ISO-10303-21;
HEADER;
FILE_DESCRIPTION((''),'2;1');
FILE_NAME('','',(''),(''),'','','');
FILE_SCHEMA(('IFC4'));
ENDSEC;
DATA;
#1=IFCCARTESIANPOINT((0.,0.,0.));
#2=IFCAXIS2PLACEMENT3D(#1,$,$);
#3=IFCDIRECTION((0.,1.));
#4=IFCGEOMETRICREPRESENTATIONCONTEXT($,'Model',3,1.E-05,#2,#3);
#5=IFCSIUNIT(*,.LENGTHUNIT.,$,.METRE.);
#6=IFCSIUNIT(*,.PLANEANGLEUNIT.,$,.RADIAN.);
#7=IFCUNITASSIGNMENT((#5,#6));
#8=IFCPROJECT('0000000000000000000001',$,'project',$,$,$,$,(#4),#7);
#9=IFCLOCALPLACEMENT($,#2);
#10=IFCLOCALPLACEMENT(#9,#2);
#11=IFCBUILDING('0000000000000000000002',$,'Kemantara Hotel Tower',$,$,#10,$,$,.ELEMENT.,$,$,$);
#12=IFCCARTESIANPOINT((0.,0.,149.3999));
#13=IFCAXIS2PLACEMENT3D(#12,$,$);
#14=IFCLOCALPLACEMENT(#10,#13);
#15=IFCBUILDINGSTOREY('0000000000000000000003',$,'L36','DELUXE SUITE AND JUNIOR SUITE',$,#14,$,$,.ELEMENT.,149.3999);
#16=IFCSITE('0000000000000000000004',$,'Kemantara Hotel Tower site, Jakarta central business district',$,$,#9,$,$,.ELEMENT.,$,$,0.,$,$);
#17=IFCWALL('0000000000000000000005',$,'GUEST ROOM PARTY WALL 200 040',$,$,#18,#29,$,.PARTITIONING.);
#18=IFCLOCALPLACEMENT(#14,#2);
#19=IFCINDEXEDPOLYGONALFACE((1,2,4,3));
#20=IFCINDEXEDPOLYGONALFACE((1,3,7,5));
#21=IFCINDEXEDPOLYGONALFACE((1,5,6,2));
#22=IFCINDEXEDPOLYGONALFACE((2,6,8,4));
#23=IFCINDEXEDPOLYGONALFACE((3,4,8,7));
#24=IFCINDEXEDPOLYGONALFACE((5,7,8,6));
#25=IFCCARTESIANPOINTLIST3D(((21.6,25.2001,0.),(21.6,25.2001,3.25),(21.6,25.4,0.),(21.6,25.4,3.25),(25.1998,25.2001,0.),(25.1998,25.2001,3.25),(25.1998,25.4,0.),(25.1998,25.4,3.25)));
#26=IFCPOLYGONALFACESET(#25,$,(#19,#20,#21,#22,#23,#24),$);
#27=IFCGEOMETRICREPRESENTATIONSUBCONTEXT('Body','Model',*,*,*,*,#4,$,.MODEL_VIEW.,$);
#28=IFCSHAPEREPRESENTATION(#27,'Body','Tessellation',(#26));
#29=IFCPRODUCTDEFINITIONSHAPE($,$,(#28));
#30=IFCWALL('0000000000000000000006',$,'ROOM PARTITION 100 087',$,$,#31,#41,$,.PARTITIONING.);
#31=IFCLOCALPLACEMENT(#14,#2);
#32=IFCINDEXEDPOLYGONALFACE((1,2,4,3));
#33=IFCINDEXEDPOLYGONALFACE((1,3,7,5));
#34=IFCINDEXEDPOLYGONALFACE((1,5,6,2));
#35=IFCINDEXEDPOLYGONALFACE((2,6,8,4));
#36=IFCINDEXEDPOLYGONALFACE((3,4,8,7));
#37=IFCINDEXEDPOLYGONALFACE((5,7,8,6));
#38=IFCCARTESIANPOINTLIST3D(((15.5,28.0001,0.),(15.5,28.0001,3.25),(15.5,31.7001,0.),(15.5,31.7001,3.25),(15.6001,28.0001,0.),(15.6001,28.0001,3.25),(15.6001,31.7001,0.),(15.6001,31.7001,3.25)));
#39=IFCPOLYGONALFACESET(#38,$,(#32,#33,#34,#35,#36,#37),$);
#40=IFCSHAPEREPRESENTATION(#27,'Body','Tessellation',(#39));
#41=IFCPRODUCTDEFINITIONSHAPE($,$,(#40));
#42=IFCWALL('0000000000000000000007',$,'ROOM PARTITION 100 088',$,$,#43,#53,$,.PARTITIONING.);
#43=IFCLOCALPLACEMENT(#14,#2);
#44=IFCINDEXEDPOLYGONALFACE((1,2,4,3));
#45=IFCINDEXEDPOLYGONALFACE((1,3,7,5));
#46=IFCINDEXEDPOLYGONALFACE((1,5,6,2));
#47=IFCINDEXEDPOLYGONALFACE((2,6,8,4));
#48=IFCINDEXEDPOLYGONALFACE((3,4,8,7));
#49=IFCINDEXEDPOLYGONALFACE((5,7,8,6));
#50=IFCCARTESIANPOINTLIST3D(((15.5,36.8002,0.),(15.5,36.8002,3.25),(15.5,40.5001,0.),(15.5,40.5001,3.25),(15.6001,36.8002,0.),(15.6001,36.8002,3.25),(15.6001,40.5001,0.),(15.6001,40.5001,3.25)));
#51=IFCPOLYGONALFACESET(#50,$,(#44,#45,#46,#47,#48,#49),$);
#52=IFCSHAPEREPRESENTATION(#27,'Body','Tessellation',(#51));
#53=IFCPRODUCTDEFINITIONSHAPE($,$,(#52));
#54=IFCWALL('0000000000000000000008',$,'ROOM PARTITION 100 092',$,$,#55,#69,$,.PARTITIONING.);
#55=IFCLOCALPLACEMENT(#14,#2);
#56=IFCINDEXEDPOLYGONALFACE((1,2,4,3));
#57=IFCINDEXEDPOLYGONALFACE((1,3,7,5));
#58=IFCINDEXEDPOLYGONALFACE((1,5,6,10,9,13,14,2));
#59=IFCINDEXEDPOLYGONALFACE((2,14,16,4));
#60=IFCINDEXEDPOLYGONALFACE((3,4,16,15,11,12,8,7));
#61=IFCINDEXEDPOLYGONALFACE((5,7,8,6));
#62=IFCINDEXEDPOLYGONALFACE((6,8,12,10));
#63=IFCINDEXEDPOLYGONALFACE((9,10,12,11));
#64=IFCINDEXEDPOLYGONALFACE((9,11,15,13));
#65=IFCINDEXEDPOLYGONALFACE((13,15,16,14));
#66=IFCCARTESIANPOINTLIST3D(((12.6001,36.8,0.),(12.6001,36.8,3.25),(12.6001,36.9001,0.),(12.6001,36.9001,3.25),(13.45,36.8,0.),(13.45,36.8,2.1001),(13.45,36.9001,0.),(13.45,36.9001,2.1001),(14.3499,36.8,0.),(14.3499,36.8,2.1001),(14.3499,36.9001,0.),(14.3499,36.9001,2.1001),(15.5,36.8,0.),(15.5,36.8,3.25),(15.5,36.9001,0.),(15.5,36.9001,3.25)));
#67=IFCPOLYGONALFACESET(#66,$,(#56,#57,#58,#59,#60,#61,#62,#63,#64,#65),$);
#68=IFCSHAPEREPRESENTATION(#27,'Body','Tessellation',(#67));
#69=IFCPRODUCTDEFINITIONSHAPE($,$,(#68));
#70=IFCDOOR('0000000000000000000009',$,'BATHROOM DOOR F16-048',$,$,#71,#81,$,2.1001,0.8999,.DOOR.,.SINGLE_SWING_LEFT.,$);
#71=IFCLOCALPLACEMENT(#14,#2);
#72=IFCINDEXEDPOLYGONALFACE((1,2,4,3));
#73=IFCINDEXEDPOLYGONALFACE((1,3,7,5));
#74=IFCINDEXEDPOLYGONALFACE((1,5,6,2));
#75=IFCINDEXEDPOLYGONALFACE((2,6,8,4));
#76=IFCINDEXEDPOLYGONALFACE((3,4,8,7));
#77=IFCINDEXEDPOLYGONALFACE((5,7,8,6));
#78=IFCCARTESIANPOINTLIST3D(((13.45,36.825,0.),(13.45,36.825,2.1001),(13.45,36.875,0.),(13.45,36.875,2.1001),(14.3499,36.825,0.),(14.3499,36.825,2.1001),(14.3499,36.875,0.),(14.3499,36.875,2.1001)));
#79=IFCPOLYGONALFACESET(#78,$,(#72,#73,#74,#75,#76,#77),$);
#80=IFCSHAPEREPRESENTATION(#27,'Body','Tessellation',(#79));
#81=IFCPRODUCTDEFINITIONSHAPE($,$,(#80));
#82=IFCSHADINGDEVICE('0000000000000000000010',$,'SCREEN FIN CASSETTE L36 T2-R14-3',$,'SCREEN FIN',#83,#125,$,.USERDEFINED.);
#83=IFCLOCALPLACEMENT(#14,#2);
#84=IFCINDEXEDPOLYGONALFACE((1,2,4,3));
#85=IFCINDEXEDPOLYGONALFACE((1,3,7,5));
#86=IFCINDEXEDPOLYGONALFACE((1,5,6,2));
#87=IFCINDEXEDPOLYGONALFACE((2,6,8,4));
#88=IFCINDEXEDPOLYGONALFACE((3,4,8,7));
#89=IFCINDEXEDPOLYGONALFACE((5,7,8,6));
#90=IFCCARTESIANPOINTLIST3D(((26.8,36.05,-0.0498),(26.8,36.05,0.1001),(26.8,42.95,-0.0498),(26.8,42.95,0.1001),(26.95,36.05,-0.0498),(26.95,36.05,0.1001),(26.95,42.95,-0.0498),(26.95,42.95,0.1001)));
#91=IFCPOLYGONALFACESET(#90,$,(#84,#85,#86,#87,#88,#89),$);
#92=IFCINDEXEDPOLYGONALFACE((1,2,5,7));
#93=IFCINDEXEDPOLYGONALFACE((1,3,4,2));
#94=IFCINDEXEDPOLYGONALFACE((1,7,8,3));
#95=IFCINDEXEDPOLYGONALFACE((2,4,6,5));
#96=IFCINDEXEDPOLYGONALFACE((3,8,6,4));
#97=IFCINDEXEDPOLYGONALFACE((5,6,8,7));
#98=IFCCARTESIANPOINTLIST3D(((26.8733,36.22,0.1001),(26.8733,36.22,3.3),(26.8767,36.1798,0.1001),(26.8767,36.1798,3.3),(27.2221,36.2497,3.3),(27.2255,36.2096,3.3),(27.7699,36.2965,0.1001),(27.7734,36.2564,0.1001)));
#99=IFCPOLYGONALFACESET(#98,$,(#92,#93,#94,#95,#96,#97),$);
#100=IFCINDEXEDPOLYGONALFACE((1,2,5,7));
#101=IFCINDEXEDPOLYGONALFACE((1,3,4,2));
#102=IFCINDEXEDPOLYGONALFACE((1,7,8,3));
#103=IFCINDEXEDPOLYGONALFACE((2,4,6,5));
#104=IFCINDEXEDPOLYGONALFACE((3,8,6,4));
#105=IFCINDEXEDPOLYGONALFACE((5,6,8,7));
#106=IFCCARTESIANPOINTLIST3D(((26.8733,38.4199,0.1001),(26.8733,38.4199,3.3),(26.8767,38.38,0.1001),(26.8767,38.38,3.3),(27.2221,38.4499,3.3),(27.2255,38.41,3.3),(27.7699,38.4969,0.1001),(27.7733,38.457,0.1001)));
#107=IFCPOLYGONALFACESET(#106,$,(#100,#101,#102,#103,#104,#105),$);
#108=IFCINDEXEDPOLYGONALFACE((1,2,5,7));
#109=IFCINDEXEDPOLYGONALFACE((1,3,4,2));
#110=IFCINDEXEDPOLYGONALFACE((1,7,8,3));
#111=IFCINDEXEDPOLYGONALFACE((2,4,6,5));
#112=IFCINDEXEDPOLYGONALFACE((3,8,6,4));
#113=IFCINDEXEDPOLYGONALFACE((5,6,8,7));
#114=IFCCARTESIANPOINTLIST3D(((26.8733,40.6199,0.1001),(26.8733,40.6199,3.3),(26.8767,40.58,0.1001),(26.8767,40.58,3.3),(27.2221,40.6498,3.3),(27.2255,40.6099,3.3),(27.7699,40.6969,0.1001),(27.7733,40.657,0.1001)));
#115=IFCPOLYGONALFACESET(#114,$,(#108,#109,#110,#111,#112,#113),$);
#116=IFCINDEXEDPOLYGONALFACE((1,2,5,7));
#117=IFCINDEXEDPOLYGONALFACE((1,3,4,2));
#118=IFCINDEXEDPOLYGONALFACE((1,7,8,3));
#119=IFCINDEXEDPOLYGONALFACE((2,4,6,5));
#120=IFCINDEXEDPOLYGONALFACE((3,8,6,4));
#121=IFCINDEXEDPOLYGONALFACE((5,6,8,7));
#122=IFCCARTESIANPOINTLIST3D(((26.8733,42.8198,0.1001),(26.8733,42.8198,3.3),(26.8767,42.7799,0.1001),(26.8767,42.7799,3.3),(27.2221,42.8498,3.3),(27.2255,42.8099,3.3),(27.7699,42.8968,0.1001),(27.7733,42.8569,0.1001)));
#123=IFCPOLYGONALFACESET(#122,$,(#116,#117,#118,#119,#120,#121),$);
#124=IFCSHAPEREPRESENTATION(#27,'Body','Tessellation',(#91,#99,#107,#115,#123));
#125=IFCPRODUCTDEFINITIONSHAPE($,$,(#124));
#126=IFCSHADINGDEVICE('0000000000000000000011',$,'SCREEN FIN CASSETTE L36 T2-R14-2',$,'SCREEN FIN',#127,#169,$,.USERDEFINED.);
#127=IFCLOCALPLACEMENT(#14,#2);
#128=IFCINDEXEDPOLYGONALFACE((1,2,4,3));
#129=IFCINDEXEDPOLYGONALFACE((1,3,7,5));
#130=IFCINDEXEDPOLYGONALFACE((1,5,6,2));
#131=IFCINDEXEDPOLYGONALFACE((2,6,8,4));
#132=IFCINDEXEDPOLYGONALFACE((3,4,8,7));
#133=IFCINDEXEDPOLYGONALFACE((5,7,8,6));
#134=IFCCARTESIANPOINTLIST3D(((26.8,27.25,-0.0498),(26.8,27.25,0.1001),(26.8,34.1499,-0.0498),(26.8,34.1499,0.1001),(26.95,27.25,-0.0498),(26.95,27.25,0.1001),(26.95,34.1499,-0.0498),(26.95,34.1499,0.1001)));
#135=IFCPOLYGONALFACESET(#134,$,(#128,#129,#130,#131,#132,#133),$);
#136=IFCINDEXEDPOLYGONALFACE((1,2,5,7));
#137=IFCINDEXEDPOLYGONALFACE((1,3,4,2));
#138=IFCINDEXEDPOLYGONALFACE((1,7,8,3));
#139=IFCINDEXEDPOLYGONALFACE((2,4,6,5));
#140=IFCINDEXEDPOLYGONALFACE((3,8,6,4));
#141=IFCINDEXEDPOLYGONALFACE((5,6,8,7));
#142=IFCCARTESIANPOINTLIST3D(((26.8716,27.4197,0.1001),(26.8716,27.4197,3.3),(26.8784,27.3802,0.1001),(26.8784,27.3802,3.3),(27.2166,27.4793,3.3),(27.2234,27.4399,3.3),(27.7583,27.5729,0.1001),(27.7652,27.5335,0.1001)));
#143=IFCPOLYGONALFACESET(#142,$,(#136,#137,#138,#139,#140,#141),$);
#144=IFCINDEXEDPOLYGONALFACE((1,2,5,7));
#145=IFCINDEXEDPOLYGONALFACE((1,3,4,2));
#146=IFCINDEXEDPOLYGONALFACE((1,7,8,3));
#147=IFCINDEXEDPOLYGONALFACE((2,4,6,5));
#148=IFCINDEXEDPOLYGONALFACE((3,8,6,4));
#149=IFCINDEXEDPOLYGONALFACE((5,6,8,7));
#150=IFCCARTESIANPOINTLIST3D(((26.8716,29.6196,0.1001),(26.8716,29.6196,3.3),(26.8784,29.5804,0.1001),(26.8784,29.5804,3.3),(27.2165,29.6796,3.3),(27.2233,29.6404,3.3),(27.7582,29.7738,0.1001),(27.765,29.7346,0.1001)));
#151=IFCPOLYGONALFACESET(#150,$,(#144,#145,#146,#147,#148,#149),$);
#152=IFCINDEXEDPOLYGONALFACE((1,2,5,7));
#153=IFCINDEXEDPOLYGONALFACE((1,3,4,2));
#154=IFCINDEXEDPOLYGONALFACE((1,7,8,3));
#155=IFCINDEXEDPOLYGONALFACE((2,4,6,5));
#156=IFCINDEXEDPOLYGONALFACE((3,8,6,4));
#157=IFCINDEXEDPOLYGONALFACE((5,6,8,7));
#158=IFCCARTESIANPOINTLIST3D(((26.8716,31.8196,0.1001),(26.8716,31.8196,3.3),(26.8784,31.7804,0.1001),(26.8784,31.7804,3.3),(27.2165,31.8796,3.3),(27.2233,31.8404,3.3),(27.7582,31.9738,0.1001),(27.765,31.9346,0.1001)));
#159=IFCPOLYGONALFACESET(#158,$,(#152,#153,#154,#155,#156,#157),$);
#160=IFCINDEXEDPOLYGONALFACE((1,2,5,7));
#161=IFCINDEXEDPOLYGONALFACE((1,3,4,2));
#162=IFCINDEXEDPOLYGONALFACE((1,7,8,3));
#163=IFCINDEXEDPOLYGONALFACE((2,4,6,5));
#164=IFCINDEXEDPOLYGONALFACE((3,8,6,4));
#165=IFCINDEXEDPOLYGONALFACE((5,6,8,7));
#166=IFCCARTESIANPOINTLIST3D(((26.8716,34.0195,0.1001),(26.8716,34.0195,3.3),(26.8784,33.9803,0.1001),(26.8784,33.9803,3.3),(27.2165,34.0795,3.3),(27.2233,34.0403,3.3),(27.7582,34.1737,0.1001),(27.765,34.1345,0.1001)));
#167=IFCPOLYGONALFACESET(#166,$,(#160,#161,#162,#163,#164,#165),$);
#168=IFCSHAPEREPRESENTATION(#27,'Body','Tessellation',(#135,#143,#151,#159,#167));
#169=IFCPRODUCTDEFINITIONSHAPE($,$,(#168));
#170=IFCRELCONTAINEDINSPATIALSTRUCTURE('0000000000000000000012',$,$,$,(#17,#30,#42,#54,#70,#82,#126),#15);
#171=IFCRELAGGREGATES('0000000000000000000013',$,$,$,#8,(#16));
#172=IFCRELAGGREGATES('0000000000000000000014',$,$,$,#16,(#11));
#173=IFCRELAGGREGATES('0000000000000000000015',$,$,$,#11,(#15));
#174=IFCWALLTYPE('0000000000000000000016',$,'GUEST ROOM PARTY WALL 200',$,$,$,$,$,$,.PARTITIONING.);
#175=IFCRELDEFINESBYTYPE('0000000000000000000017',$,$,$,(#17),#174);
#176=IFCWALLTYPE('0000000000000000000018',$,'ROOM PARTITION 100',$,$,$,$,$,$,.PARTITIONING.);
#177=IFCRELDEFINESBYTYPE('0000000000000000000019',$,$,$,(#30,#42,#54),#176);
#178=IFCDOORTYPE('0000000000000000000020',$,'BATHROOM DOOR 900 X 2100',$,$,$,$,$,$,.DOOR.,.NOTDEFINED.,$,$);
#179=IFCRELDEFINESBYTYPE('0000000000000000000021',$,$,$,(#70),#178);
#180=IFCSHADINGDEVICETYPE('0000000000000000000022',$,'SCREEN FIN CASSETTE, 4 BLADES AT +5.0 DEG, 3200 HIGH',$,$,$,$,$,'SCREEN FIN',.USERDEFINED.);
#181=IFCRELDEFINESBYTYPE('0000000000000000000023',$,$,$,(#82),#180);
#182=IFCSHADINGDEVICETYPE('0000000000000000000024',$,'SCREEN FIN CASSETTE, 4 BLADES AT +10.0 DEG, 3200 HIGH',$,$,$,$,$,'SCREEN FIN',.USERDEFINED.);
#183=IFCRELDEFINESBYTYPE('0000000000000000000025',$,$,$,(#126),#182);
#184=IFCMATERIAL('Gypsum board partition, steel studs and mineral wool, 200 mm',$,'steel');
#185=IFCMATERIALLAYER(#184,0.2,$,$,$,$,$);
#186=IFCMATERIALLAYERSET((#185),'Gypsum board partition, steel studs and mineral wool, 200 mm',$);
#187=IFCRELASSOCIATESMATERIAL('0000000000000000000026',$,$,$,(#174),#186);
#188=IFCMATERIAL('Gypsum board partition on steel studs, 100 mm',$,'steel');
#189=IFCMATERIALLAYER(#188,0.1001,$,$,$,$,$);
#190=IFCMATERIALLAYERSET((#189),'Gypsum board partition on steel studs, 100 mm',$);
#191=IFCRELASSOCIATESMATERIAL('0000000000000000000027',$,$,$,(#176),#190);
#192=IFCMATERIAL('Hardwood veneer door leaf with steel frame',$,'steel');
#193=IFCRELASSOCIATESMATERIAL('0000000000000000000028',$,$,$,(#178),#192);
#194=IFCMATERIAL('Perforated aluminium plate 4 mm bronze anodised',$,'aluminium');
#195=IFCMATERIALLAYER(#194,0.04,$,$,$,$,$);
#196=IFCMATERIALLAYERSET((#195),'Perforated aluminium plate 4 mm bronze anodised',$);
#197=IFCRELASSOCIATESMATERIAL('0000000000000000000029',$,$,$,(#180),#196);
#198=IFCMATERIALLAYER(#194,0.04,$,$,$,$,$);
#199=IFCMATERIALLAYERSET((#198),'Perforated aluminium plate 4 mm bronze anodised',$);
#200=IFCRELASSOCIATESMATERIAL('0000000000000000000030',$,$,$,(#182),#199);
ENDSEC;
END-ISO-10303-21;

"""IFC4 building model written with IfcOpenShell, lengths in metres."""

from ifc_helpers import new_model, si_unit, direction, frame, frame_2d, origin, origin_2d, place, context, subcontext, project, spatial, polyline, rectangle, outline, extrude, source, transform, mapped, material, layer, layer_set, type_object, element, fill, save


model = new_model("IFC4")

# Units and contexts
model_context = context("Model", 3, precision=1e-05, world=origin(), true_north=direction((0.0, 1.0)))
body_context = subcontext(model_context, "Body", "Model", "MODEL_VIEW")
ifc_project = project(units=[si_unit("LENGTHUNIT", "METRE"), si_unit("PLANEANGLEUNIT", "RADIAN")], contexts=[model_context])

# Site, building, storey
site_placement = place(None, origin())
site = spatial("IfcSite", under=ifc_project, at=site_placement, Name="Kemantara Hotel Tower site, Jakarta central business district", CompositionType="ELEMENT", RefElevation=0.0)
building_placement = place(site_placement, origin())
building = spatial("IfcBuilding", under=site, at=building_placement, Name="Kemantara Hotel Tower", CompositionType="ELEMENT")
storey_placement = place(building_placement, frame((0.0, 0.0, 149.3999)))
storey = spatial("IfcBuildingStorey", under=building, at=storey_placement, Name="L36", Description="DELUXE SUITE AND JUNIOR SUITE", CompositionType="ELEMENT", Elevation=149.3999)

# Walls
ifc_material_1 = material(Name="Gypsum board partition, steel studs and mineral wool, 200 mm", Category="steel")
ifc_layer_1 = layer(ifc_material_1, 0.2)
ifc_layer_set_1 = layer_set([ifc_layer_1], Name="Gypsum board partition, steel studs and mineral wool, 200 mm")
wall_type_1 = type_object("IfcWallType", Name="GUEST ROOM PARTY WALL 200", PredefinedType="PARTITIONING", material=ifc_layer_set_1)
wall_1_placement = place(storey_placement, frame((21.6001, 25.3, 0.0), z_axis=(0.0, 0.0, 1.0), x_axis=(1.0, 0.0, 0.0)))
element("IfcWall", 1, at=wall_1_placement, inside=storey, type_object=wall_type_1, Name="GUEST ROOM PARTY WALL 200 040", PredefinedType="PARTITIONING", context=body_context, shape_type="SweptSolid", body=[
    extrude(rectangle(XDim=3.5999, YDim=0.2, at=frame_2d((1.7998, 0.0))), origin(), (0.0, 0.0, 1.0), 3.25),
])
ifc_material_2 = material(Name="Gypsum board partition on steel studs, 100 mm", Category="steel")
ifc_layer_2 = layer(ifc_material_2, 0.1001)
ifc_layer_set_2 = layer_set([ifc_layer_2], Name="Gypsum board partition on steel studs, 100 mm")
wall_type_2 = type_object("IfcWallType", Name="ROOM PARTITION 100", PredefinedType="PARTITIONING", material=ifc_layer_set_2)
for number, where, z_axis, x_axis, name in (
    (2, (15.55, 28.0, 0.0), (0.0, 0.0, 1.0), (0.0, 1.0, 0.0), "ROOM PARTITION 100 087"),
    (3, (15.55, 36.8, 0.0), (0.0, 0.0, 1.0), (0.0, 1.0, 0.0), "ROOM PARTITION 100 088"),
):
    element("IfcWall", number, at=place(storey_placement, frame(where, z_axis=z_axis, x_axis=x_axis)), inside=storey, type_object=wall_type_2, Name=name, PredefinedType="PARTITIONING", context=body_context, shape_type="SweptSolid", body=[
        extrude(rectangle(XDim=3.7, YDim=0.1001, at=frame_2d((1.8501, 0.0))), origin(), (0.0, 0.0, 1.0), 3.25),
    ])

# Wall, opening, door
wall_2_placement = place(storey_placement, frame((12.6001, 36.8501, 0.0), z_axis=(0.0, 0.0, 1.0), x_axis=(1.0, 0.0, 0.0)))
wall_2 = element("IfcWall", 4, at=wall_2_placement, inside=storey, type_object=wall_type_2, Name="ROOM PARTITION 100 092", PredefinedType="PARTITIONING", context=body_context, shape_type="SweptSolid", body=[
    extrude(rectangle(XDim=2.8999, YDim=0.1001, at=frame_2d((1.45, 0.0))), origin(), (0.0, 0.0, 1.0), 3.25),
])
opening_placement = place(wall_2_placement, frame((0.8499, 0.0, 0.0)))
opening = element("IfcOpeningElement", 5, at=opening_placement, cuts=wall_2, PredefinedType="OPENING", context=body_context, shape_type="SweptSolid", body=[
    extrude(rectangle(XDim=0.8999, YDim=2.1001, at=frame_2d((0.45, 1.05))), frame((0.0, 0.0601, 0.0), z_axis=(0.0, -1.0, 0.0), x_axis=(1.0, 0.0, 0.0)), (0.0, 0.0, 1.0), 0.1201),
])
ifc_material_3 = material(Name="Hardwood veneer door leaf with steel frame", Category="steel")
door_type = type_object("IfcDoorType", Name="BATHROOM DOOR 900 X 2100", OperationType="NOTDEFINED", PredefinedType="DOOR", material=ifc_material_3)
door_placement = place(opening_placement, origin())
door = element("IfcDoor", 6, at=door_placement, inside=storey, type_object=door_type, Name="BATHROOM DOOR F16-048", OperationType="SINGLE_SWING_LEFT", OverallHeight=2.1001, OverallWidth=0.8999, PredefinedType="DOOR", context=body_context, shape_type="SweptSolid", body=[
    extrude(rectangle(XDim=0.8999, YDim=2.1001, at=frame_2d((0.45, 1.05))), frame((0.0, 0.0249, 0.0), z_axis=(0.0, -1.0, 0.0), x_axis=(1.0, 0.0, 0.0)), (0.0, 0.0, 1.0), 0.05),
])
fill(opening, door)

# Shading devices
ifc_material_4 = material(Name="Perforated aluminium plate 4 mm bronze anodised", Category="aluminium")
ifc_layer_3 = layer(ifc_material_4, 0.04)
ifc_layer_set_3 = layer_set([ifc_layer_3], Name="Perforated aluminium plate 4 mm bronze anodised")
shading_device_type_1 = type_object("IfcShadingDeviceType", Name="SCREEN FIN CASSETTE, 4 BLADES AT +5.0 DEG, 3200 HIGH", ElementType="SCREEN FIN", PredefinedType="USERDEFINED", material=ifc_layer_set_3)
shared_shape_1 = source(origin(), body_context, "Body", "SweptSolid", [
    extrude(rectangle(XDim=6.8999, YDim=0.1499, at=origin_2d()), frame((3.3, -0.075, -0.1499), z_axis=(0.0, 0.0, 1.0), x_axis=(1.0, 0.0, 0.0)), (0.0, 0.0, 1.0), 0.1499),
    extrude(outline(polyline([(0.0, 0.0), (0.8999, 0.0), (0.3501, 3.2), (0.0, 3.2), (0.0, 0.0)])), frame((0.02, -0.0732, 0.0), z_axis=(-0.996376, -0.085056, 0.0), x_axis=(0.085056, -0.996376, 0.0)), (0.0, 0.0, 1.0), 0.0403),
    extrude(outline(polyline([(0.0, 0.0), (0.8999, 0.0), (0.3501, 3.2), (0.0, 3.2), (0.0, 0.0)])), frame((2.22, -0.0732, 0.0), z_axis=(-0.996332, -0.085575, 0.0), x_axis=(0.085575, -0.996332, 0.0)), (0.0, 0.0, 1.0), 0.04),
    extrude(outline(polyline([(0.0, 0.0), (0.8999, 0.0), (0.3501, 3.2), (0.0, 3.2), (0.0, 0.0)])), frame((4.4199, -0.0732, 0.0), z_axis=(-0.996332, -0.085575, 0.0), x_axis=(0.085575, -0.996332, 0.0)), (0.0, 0.0, 1.0), 0.04),
    extrude(outline(polyline([(0.0, 0.0), (0.8999, 0.0), (0.3501, 3.2), (0.0, 3.2), (0.0, 0.0)])), frame((6.6199, -0.0732, 0.0), z_axis=(-0.996332, -0.085575, 0.0), x_axis=(0.085575, -0.996332, 0.0)), (0.0, 0.0, 1.0), 0.04),
])
shading_device_1_placement = place(storey_placement, frame((26.8, 36.2, 0.1001), z_axis=(0.0, 0.0, 1.0), x_axis=(0.0, 1.0, 0.0)))
element("IfcShadingDevice", 7, at=shading_device_1_placement, inside=storey, type_object=shading_device_type_1, Name="SCREEN FIN CASSETTE L36 T2-R14-3", ObjectType="SCREEN FIN", PredefinedType="USERDEFINED", context=body_context, shape_type="MappedRepresentation", body=[
    mapped(shared_shape_1, transform((0.0, 0.0, 0.0))),
])
ifc_layer_4 = layer(ifc_material_4, 0.04)
ifc_layer_set_4 = layer_set([ifc_layer_4], Name="Perforated aluminium plate 4 mm bronze anodised")
shading_device_type_2 = type_object("IfcShadingDeviceType", Name="SCREEN FIN CASSETTE, 4 BLADES AT +10.0 DEG, 3200 HIGH", ElementType="SCREEN FIN", PredefinedType="USERDEFINED", material=ifc_layer_set_4)
shared_shape_2 = source(origin(), body_context, "Body", "SweptSolid", [
    extrude(rectangle(XDim=6.8999, YDim=0.1499, at=origin_2d()), frame((3.3, -0.075, -0.1499), z_axis=(0.0, 0.0, 1.0), x_axis=(1.0, 0.0, 0.0)), (0.0, 0.0, 1.0), 0.1499),
    extrude(outline(polyline([(0.0, 0.0), (0.8999, 0.0), (0.3501, 3.2), (0.0, 3.2), (0.0, 0.0)])), frame((0.0198, -0.0715, 0.0), z_axis=(-0.98539, -0.170314, 0.0), x_axis=(0.170314, -0.98539, 0.0)), (0.0, 0.0, 1.0), 0.04),
    extrude(outline(polyline([(0.0, 0.0), (0.8999, 0.0), (0.3501, 3.2), (0.0, 3.2), (0.0, 0.0)])), frame((2.2197, -0.0715, 0.0), z_axis=(-0.985212, -0.171341, 0.0), x_axis=(0.171341, -0.985212, 0.0)), (0.0, 0.0, 1.0), 0.0398),
    extrude(outline(polyline([(0.0, 0.0), (0.8999, 0.0), (0.3501, 3.2), (0.0, 3.2), (0.0, 0.0)])), frame((4.4197, -0.0715, 0.0), z_axis=(-0.985212, -0.171341, 0.0), x_axis=(0.171341, -0.985212, 0.0)), (0.0, 0.0, 1.0), 0.0398),
    extrude(outline(polyline([(0.0, 0.0), (0.8999, 0.0), (0.3501, 3.2), (0.0, 3.2), (0.0, 0.0)])), frame((6.6196, -0.0715, 0.0), z_axis=(-0.985212, -0.171341, 0.0), x_axis=(0.171341, -0.985212, 0.0)), (0.0, 0.0, 1.0), 0.0398),
])
shading_device_2_placement = place(storey_placement, frame((26.8, 27.3999, 0.1001), z_axis=(0.0, 0.0, 1.0), x_axis=(0.0, 1.0, 0.0)))
element("IfcShadingDevice", 8, at=shading_device_2_placement, inside=storey, type_object=shading_device_type_2, Name="SCREEN FIN CASSETTE L36 T2-R14-2", ObjectType="SCREEN FIN", PredefinedType="USERDEFINED", context=body_context, shape_type="MappedRepresentation", body=[
    mapped(shared_shape_2, transform((0.0, 0.0, 0.0))),
])

save(model, "model.ifc")
